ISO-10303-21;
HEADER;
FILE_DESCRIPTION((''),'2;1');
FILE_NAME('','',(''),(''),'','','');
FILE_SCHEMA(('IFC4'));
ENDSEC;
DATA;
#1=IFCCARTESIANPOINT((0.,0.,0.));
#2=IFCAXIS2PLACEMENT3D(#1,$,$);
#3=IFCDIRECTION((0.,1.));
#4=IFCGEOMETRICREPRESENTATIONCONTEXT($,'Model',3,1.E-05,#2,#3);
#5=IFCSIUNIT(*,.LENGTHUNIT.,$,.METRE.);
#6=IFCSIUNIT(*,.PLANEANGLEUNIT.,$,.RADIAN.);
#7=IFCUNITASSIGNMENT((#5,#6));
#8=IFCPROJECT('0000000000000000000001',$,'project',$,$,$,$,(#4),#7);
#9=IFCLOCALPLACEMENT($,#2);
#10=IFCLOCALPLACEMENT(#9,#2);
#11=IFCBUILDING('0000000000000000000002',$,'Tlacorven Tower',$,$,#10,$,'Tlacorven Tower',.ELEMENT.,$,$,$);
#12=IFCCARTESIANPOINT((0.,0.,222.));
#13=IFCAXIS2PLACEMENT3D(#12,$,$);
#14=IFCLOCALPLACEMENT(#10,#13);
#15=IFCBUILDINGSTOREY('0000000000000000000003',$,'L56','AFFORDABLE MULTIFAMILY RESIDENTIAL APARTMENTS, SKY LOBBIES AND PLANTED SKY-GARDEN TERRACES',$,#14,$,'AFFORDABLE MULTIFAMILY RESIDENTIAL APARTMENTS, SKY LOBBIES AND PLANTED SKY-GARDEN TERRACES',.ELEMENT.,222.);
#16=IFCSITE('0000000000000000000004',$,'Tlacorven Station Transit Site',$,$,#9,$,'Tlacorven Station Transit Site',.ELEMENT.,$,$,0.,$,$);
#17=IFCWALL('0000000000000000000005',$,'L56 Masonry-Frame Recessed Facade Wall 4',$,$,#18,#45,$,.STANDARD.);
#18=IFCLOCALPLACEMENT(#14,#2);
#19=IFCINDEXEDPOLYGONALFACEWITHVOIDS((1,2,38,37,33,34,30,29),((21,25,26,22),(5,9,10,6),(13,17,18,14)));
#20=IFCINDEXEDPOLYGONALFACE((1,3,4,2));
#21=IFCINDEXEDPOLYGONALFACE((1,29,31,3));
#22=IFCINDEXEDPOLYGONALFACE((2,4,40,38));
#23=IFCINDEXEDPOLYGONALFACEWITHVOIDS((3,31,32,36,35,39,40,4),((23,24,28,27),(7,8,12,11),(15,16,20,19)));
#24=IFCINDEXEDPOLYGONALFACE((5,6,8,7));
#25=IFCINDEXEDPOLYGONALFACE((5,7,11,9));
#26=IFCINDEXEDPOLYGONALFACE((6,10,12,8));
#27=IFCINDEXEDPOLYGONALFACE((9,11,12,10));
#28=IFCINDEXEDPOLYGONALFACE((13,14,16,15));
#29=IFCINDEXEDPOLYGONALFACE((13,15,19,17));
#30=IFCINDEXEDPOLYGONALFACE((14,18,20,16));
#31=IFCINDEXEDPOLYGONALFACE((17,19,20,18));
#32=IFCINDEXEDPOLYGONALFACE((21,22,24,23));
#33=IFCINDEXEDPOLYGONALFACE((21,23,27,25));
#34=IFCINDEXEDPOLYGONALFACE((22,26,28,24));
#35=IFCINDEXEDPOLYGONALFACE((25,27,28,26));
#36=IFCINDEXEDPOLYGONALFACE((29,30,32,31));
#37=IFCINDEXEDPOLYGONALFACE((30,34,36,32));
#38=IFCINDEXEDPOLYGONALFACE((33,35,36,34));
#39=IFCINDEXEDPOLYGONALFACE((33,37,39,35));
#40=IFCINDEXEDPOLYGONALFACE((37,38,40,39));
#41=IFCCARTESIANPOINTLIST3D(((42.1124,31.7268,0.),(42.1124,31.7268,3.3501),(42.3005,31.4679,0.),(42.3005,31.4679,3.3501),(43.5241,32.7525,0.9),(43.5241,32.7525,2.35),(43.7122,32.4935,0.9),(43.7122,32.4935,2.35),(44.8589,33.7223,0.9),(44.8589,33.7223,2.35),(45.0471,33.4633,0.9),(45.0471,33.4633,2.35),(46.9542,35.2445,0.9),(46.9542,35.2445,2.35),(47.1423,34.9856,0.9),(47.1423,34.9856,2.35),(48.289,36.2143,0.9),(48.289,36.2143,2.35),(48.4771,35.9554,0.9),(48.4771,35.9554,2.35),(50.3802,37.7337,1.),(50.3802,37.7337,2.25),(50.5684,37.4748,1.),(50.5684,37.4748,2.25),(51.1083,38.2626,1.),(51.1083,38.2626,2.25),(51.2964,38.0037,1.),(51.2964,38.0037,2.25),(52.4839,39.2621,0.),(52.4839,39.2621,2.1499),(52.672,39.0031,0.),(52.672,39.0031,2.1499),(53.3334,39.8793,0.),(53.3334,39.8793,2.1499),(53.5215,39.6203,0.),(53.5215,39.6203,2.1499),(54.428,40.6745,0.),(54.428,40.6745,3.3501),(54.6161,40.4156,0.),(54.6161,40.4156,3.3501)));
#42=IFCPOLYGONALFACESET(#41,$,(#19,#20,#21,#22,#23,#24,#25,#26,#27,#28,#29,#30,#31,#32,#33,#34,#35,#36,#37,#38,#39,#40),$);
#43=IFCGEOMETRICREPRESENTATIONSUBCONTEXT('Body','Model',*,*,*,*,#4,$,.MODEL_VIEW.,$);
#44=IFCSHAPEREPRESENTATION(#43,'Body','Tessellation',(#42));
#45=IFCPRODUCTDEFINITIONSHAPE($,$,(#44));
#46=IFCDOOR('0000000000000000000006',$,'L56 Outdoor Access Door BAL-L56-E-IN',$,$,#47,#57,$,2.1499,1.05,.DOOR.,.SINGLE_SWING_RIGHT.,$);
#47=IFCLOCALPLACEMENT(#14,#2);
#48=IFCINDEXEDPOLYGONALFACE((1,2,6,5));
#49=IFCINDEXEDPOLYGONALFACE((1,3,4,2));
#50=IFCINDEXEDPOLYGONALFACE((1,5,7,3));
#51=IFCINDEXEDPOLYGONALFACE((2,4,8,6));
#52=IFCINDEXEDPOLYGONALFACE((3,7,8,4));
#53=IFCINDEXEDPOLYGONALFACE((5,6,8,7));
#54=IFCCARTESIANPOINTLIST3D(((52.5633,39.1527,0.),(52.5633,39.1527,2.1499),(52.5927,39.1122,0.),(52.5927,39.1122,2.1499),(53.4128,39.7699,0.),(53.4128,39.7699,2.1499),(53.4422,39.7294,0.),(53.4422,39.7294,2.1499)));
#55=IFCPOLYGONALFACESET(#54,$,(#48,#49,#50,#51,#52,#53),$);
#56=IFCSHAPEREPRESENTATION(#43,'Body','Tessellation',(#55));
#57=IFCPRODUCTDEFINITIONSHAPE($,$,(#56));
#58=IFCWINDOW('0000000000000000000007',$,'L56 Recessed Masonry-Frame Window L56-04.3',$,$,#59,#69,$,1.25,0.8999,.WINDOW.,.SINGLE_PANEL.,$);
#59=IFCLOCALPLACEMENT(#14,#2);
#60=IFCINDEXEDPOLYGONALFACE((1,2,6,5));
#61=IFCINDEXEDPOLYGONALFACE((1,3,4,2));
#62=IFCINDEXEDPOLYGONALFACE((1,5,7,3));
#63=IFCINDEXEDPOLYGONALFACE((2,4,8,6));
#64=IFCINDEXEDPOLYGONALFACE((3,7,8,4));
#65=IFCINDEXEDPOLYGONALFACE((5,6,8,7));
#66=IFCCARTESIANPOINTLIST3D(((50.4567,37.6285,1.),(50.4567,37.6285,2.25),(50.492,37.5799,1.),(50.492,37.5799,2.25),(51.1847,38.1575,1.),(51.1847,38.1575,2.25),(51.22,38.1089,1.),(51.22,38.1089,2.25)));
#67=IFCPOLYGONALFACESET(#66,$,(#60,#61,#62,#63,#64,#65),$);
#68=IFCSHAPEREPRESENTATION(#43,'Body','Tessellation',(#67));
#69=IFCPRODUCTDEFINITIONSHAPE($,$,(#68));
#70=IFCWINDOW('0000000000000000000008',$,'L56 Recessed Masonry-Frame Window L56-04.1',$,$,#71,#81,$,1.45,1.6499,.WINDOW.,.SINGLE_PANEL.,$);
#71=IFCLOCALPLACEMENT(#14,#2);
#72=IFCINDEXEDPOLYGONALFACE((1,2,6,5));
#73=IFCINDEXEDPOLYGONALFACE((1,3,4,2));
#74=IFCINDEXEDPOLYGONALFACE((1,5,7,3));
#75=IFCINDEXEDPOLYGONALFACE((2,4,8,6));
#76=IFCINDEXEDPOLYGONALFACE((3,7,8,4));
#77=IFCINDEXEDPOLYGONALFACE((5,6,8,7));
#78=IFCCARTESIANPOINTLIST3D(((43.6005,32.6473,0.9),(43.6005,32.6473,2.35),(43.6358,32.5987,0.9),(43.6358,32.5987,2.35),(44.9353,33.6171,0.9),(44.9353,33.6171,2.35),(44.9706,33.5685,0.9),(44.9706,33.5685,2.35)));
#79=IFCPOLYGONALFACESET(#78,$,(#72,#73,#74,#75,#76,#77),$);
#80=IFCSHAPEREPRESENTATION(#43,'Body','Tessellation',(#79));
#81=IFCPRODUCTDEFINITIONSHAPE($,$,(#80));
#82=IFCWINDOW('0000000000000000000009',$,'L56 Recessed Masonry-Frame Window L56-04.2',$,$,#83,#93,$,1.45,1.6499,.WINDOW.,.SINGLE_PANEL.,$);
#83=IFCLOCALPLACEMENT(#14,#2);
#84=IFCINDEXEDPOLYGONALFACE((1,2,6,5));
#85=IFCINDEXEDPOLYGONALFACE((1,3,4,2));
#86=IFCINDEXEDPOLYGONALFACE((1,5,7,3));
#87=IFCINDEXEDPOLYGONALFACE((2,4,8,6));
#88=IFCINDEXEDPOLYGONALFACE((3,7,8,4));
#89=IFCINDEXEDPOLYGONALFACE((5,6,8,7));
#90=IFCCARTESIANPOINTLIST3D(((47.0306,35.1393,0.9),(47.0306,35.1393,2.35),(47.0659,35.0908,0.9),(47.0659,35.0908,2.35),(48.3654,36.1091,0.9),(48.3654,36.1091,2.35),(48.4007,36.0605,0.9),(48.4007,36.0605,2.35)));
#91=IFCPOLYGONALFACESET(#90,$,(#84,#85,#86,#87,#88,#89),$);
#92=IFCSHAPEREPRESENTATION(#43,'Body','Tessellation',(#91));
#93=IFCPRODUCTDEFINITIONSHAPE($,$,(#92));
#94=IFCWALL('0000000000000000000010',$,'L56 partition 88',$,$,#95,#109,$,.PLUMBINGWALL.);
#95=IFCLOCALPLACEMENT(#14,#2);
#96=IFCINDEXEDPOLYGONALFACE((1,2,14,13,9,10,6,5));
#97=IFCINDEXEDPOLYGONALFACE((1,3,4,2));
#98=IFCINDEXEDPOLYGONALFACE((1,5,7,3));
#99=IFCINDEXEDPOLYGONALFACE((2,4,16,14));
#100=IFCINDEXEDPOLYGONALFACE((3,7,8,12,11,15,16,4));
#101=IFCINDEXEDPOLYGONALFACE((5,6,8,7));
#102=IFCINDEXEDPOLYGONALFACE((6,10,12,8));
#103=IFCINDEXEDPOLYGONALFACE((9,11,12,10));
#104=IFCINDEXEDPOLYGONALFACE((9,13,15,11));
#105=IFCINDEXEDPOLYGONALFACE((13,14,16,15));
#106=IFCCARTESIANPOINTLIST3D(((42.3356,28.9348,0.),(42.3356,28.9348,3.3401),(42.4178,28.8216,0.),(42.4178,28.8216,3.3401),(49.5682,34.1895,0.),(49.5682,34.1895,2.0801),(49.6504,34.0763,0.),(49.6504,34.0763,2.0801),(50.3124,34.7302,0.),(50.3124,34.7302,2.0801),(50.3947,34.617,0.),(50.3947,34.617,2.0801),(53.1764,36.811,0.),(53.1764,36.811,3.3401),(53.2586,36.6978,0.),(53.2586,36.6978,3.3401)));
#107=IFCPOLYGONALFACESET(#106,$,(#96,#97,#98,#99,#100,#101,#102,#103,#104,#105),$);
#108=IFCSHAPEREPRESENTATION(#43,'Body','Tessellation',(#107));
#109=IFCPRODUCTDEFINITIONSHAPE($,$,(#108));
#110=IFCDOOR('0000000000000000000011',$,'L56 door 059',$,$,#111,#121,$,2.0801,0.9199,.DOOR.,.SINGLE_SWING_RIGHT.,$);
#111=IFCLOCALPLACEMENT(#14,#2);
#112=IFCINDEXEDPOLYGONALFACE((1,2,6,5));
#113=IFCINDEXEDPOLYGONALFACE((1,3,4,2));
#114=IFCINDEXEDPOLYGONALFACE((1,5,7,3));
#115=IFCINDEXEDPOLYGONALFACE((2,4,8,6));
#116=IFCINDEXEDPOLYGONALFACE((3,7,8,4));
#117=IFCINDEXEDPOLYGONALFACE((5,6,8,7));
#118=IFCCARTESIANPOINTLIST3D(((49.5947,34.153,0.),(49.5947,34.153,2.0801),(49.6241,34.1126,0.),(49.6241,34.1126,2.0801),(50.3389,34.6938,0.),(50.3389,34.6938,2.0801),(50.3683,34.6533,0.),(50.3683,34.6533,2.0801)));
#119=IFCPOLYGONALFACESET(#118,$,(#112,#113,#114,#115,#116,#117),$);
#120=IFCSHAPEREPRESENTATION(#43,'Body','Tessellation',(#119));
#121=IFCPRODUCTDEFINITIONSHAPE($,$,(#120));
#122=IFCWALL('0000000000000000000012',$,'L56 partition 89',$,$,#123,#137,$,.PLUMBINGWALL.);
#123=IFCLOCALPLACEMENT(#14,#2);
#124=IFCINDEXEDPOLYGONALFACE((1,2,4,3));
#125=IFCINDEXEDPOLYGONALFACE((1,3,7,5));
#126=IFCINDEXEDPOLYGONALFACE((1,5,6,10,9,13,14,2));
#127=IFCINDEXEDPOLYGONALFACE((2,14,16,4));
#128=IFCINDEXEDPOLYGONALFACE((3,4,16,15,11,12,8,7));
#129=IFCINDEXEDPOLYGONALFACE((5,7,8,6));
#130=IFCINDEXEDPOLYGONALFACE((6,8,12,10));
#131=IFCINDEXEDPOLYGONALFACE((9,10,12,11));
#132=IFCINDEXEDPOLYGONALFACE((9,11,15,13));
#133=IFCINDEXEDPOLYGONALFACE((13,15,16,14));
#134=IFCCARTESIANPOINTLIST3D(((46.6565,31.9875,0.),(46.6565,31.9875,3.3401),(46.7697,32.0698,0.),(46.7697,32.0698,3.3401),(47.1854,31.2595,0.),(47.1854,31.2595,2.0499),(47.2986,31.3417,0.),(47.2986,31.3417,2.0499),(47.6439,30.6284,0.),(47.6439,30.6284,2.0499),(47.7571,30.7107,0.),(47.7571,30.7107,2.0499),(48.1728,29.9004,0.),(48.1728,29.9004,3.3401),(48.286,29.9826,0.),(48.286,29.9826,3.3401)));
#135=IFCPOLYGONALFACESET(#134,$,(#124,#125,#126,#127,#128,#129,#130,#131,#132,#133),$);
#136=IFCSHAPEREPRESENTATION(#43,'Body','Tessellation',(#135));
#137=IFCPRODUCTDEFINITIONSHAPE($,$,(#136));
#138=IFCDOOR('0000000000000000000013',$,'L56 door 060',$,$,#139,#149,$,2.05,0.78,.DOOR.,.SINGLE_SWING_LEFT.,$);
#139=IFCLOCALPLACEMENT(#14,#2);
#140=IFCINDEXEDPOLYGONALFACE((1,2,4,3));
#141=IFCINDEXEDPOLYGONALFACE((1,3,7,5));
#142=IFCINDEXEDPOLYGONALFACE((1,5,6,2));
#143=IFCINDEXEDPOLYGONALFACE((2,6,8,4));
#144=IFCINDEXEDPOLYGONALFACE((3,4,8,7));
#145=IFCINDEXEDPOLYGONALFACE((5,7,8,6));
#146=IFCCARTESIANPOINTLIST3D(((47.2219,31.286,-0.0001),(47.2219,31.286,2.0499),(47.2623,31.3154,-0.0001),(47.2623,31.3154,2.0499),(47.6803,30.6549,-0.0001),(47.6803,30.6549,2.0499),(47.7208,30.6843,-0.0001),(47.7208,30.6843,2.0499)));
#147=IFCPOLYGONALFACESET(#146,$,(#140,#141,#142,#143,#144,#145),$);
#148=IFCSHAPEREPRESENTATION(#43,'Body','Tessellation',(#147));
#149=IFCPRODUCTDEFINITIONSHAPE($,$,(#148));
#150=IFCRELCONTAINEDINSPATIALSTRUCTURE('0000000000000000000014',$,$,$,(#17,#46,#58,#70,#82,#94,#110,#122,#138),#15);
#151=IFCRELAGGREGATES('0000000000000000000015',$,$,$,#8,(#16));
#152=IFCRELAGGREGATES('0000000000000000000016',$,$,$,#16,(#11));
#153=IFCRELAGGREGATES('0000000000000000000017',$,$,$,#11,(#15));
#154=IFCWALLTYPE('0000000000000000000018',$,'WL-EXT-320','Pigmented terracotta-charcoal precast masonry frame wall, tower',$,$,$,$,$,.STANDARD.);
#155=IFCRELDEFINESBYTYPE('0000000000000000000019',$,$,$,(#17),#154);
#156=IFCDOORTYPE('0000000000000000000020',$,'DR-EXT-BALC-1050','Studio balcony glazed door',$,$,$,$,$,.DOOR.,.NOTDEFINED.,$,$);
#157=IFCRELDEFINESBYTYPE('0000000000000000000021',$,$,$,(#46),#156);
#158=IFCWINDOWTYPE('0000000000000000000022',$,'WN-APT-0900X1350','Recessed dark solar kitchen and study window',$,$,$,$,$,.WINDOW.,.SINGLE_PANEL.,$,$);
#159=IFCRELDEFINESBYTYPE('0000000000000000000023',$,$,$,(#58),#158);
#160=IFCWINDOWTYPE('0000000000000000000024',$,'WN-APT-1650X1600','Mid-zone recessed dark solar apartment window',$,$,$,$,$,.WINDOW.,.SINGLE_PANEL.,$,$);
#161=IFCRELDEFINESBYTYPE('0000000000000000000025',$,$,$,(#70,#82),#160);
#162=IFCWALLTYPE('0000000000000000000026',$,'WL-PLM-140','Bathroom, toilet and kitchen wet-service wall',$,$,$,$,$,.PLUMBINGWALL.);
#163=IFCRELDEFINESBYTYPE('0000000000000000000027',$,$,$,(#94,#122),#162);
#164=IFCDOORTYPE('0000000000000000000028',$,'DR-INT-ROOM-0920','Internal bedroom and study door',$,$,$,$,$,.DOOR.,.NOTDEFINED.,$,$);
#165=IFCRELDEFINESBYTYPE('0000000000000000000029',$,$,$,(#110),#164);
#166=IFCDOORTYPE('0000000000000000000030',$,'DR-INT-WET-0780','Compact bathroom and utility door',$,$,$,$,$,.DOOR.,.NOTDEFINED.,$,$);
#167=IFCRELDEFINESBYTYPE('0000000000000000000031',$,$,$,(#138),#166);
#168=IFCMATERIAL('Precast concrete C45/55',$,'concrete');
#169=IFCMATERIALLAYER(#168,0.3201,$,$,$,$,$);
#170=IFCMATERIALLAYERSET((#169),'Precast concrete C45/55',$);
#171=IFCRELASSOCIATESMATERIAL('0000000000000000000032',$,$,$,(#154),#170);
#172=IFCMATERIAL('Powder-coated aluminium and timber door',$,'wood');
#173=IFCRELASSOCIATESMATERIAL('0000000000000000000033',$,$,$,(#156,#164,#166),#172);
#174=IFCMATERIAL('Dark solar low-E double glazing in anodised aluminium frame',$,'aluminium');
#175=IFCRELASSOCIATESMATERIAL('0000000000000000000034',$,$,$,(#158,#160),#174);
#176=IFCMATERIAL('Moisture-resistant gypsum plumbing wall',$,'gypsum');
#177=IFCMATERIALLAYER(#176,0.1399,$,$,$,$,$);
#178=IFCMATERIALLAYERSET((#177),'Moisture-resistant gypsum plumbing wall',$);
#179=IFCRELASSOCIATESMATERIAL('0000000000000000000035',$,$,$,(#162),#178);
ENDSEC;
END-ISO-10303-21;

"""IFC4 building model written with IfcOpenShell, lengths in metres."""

from ifc_helpers import new_model, si_unit, direction, frame, frame_2d, origin, place, context, subcontext, project, spatial, rectangle, extrude, source, transform, mapped, material, layer, layer_set, type_object, element, fill, save


model = new_model("IFC4")

# Units and contexts
model_context = context("Model", 3, precision=1e-05, world=origin(), true_north=direction((0.0, 1.0)))
body_context = subcontext(model_context, "Body", "Model", "MODEL_VIEW")
ifc_project = project(units=[si_unit("LENGTHUNIT", "METRE"), si_unit("PLANEANGLEUNIT", "RADIAN")], contexts=[model_context])

# Site, building, storey
site_placement = place(None, origin())
site = spatial("IfcSite", under=ifc_project, at=site_placement, Name="Tlacorven Station Transit Site", LongName="Tlacorven Station Transit Site", CompositionType="ELEMENT", RefElevation=0.0)
building_placement = place(site_placement, origin())
building = spatial("IfcBuilding", under=site, at=building_placement, Name="Tlacorven Tower", LongName="Tlacorven Tower", CompositionType="ELEMENT")
storey_placement = place(building_placement, frame((0.0, 0.0, 222.0)))
storey = spatial("IfcBuildingStorey", under=building, at=storey_placement, Name="L56", Description="AFFORDABLE MULTIFAMILY RESIDENTIAL APARTMENTS, SKY LOBBIES AND PLANTED SKY-GARDEN TERRACES", LongName="AFFORDABLE MULTIFAMILY RESIDENTIAL APARTMENTS, SKY LOBBIES AND PLANTED SKY-GARDEN TERRACES", CompositionType="ELEMENT", Elevation=222.0)

# Wall, openings, door, windows
ifc_material_1 = material(Name="Precast concrete C45/55", Category="concrete")
ifc_layer_1 = layer(ifc_material_1, 0.3201)
ifc_layer_set_1 = layer_set([ifc_layer_1], Name="Precast concrete C45/55")
wall_type_1 = type_object("IfcWallType", Name="WL-EXT-320", Description="Pigmented terracotta-charcoal precast masonry frame wall, tower", PredefinedType="STANDARD", material=ifc_layer_set_1)
wall_1_placement = place(storey_placement, frame((42.2065, 31.5974, 0.0), z_axis=(0.0, 0.0, 1.0), x_axis=(0.80902, 0.587781, 0.0)))
wall_1 = element("IfcWall", 1, at=wall_1_placement, inside=storey, type_object=wall_type_1, Name="L56 Masonry-Frame Recessed Facade Wall 4", PredefinedType="STANDARD", context=body_context, shape_type="SweptSolid", body=[
    extrude(rectangle(XDim=15.2229, YDim=0.3201, at=frame_2d((7.6113, 0.0))), origin(), (0.0, 0.0, 1.0), 3.3501),
])
opening_1_placement = place(wall_1_placement, frame((12.8198, 0.0, 0.0)))
opening_1 = element("IfcOpeningElement", 2, at=opening_1_placement, cuts=wall_1, PredefinedType="OPENING", context=body_context, shape_type="SweptSolid", body=[
    extrude(rectangle(XDim=1.05, YDim=2.1499, at=frame_2d((0.5249, 1.075))), frame((0.0, 0.1699, 0.0), z_axis=(0.0, -1.0, 0.0), x_axis=(1.0, 0.0, 0.0)), (0.0, 0.0, 1.0), 0.3401),
])
opening_2_placement = place(wall_1_placement, frame((1.7449, 0.0, 0.8999)))
opening_2 = element("IfcOpeningElement", 3, at=opening_2_placement, cuts=wall_1, PredefinedType="OPENING", context=body_context, shape_type="SweptSolid", body=[
    extrude(rectangle(XDim=1.6499, YDim=1.45, at=frame_2d((0.825, 0.7251))), frame((0.0, 0.1699, 0.0), z_axis=(0.0, -1.0, 0.0), x_axis=(1.0, 0.0, 0.0)), (0.0, 0.0, 1.0), 0.3401),
])
opening_3_placement = place(wall_1_placement, frame((5.9846, 0.0, 0.8999)))
opening_3 = element("IfcOpeningElement", 4, at=opening_3_placement, cuts=wall_1, PredefinedType="OPENING", context=body_context, shape_type="SweptSolid", body=[
    extrude(rectangle(XDim=1.6499, YDim=1.45, at=frame_2d((0.825, 0.7251))), frame((0.0, 0.1699, 0.0), z_axis=(0.0, -1.0, 0.0), x_axis=(1.0, 0.0, 0.0)), (0.0, 0.0, 1.0), 0.3401),
])
opening_4_placement = place(wall_1_placement, frame((10.2195, 0.0, 1.0)))
opening_4 = element("IfcOpeningElement", 5, at=opening_4_placement, cuts=wall_1, PredefinedType="OPENING", context=body_context, shape_type="SweptSolid", body=[
    extrude(rectangle(XDim=0.8999, YDim=1.25, at=frame_2d((0.45, 0.625))), frame((0.0, 0.1699, 0.0), z_axis=(0.0, -1.0, 0.0), x_axis=(1.0, 0.0, 0.0)), (0.0, 0.0, 1.0), 0.3401),
])
ifc_material_2 = material(Name="Powder-coated aluminium and timber door", Category="wood")
door_type_1 = type_object("IfcDoorType", Name="DR-EXT-BALC-1050", Description="Studio balcony glazed door", OperationType="NOTDEFINED", PredefinedType="DOOR", material=ifc_material_2)
shared_shape_1 = source(origin(), body_context, "Body", "SweptSolid", [
    extrude(rectangle(XDim=1.05, YDim=2.1499, at=frame_2d((0.5249, 1.075))), frame((0.0, 0.0249, 0.0), z_axis=(0.0, -1.0, 0.0), x_axis=(1.0, 0.0, 0.0)), (0.0, 0.0, 1.0), 0.05),
])
door_1_placement = place(opening_1_placement, origin())
door_1 = element("IfcDoor", 6, at=door_1_placement, inside=storey, type_object=door_type_1, Name="L56 Outdoor Access Door BAL-L56-E-IN", OperationType="SINGLE_SWING_RIGHT", OverallHeight=2.1499, OverallWidth=1.05, PredefinedType="DOOR", context=body_context, shape_type="MappedRepresentation", body=[
    mapped(shared_shape_1, transform((0.0, 0.0, 0.0), scale=1.0)),
])
fill(opening_1, door_1)
ifc_material_3 = material(Name="Dark solar low-E double glazing in anodised aluminium frame", Category="aluminium")
window_type_1 = type_object("IfcWindowType", Name="WN-APT-0900X1350", Description="Recessed dark solar kitchen and study window", PartitioningType="SINGLE_PANEL", PredefinedType="WINDOW", material=ifc_material_3)
shared_shape_2 = source(origin(), body_context, "Body", "SweptSolid", [
    extrude(rectangle(XDim=0.8999, YDim=1.25, at=frame_2d((0.45, 0.625))), frame((0.0, 0.03, 0.0), z_axis=(0.0, -1.0, 0.0), x_axis=(1.0, 0.0, 0.0)), (0.0, 0.0, 1.0), 0.0601),
])
window_1_placement = place(opening_4_placement, origin())
window_1 = element("IfcWindow", 7, at=window_1_placement, inside=storey, type_object=window_type_1, Name="L56 Recessed Masonry-Frame Window L56-04.3", OverallHeight=1.25, OverallWidth=0.8999, PartitioningType="SINGLE_PANEL", PredefinedType="WINDOW", context=body_context, shape_type="MappedRepresentation", body=[
    mapped(shared_shape_2, transform((0.0, 0.0, 0.0), scale=1.0)),
])
fill(opening_4, window_1)
window_type_2 = type_object("IfcWindowType", Name="WN-APT-1650X1600", Description="Mid-zone recessed dark solar apartment window", PartitioningType="SINGLE_PANEL", PredefinedType="WINDOW", material=ifc_material_3)
shared_shape_3 = source(origin(), body_context, "Body", "SweptSolid", [
    extrude(rectangle(XDim=1.6499, YDim=1.45, at=frame_2d((0.825, 0.7251))), frame((0.0, 0.03, 0.0), z_axis=(0.0, -1.0, 0.0), x_axis=(1.0, 0.0, 0.0)), (0.0, 0.0, 1.0), 0.0601),
])
window_2_placement = place(opening_2_placement, origin())
window_2 = element("IfcWindow", 8, at=window_2_placement, inside=storey, type_object=window_type_2, Name="L56 Recessed Masonry-Frame Window L56-04.1", OverallHeight=1.45, OverallWidth=1.6499, PartitioningType="SINGLE_PANEL", PredefinedType="WINDOW", context=body_context, shape_type="MappedRepresentation", body=[
    mapped(shared_shape_3, transform((0.0, 0.0, 0.0), scale=1.0)),
])
fill(opening_2, window_2)
window_3_placement = place(opening_3_placement, origin())
window_3 = element("IfcWindow", 9, at=window_3_placement, inside=storey, type_object=window_type_2, Name="L56 Recessed Masonry-Frame Window L56-04.2", OverallHeight=1.45, OverallWidth=1.6499, PartitioningType="SINGLE_PANEL", PredefinedType="WINDOW", context=body_context, shape_type="MappedRepresentation", body=[
    mapped(shared_shape_3, transform((0.0, 0.0, 0.0), scale=1.0)),
])
fill(opening_3, window_3)

# Walls, openings, doors
ifc_material_4 = material(Name="Moisture-resistant gypsum plumbing wall", Category="gypsum")
ifc_layer_2 = layer(ifc_material_4, 0.1399)
ifc_layer_set_2 = layer_set([ifc_layer_2], Name="Moisture-resistant gypsum plumbing wall")
wall_type_2 = type_object("IfcWallType", Name="WL-PLM-140", Description="Bathroom, toilet and kitchen wet-service wall", PredefinedType="PLUMBINGWALL", material=ifc_layer_set_2)
wall_2_placement = place(storey_placement, frame((42.3767, 28.8782, 0.0), z_axis=(0.0, 0.0, 1.0), x_axis=(0.80902, 0.587781, 0.0)))
wall_2 = element("IfcWall", 10, at=wall_2_placement, inside=storey, type_object=wall_type_2, Name="L56 partition 88", PredefinedType="PLUMBINGWALL", context=body_context, shape_type="SweptSolid", body=[
    extrude(rectangle(XDim=13.3999, YDim=0.1399, at=frame_2d((6.7, 0.0))), origin(), (0.0, 0.0, 1.0), 3.3401),
])
opening_5_placement = place(wall_2_placement, frame((8.9399, 0.0, 0.0)))
opening_5 = element("IfcOpeningElement", 11, at=opening_5_placement, cuts=wall_2, PredefinedType="OPENING", context=body_context, shape_type="SweptSolid", body=[
    extrude(rectangle(XDim=0.9199, YDim=2.0801, at=frame_2d((0.46, 1.04))), frame((0.0, 0.0801, 0.0), z_axis=(0.0, -1.0, 0.0), x_axis=(1.0, 0.0, 0.0)), (0.0, 0.0, 1.0), 0.1599),
])
door_type_2 = type_object("IfcDoorType", Name="DR-INT-ROOM-0920", Description="Internal bedroom and study door", OperationType="NOTDEFINED", PredefinedType="DOOR", material=ifc_material_2)
shared_shape_4 = source(origin(), body_context, "Body", "SweptSolid", [
    extrude(rectangle(XDim=0.9199, YDim=2.0801, at=frame_2d((0.46, 1.04))), frame((0.0, 0.0249, 0.0), z_axis=(0.0, -1.0, 0.0), x_axis=(1.0, 0.0, 0.0)), (0.0, 0.0, 1.0), 0.05),
])
door_2_placement = place(opening_5_placement, origin())
door_2 = element("IfcDoor", 12, at=door_2_placement, inside=storey, type_object=door_type_2, Name="L56 door 059", OperationType="SINGLE_SWING_RIGHT", OverallHeight=2.0801, OverallWidth=0.9199, PredefinedType="DOOR", context=body_context, shape_type="MappedRepresentation", body=[
    mapped(shared_shape_4, transform((0.0, 0.0, 0.0), scale=1.0)),
])
fill(opening_5, door_2)
wall_3_placement = place(storey_placement, frame((48.2295, 29.9414, 0.0), z_axis=(0.0, 0.0, 1.0), x_axis=(-0.587772, 0.809027, 0.0)))
wall_3 = element("IfcWall", 13, at=wall_3_placement, inside=storey, type_object=wall_type_2, Name="L56 partition 89", PredefinedType="PLUMBINGWALL", context=body_context, shape_type="SweptSolid", body=[
    extrude(rectangle(XDim=2.5798, YDim=0.1399, at=frame_2d((1.29, 0.0))), origin(), (0.0, 0.0, 1.0), 3.3401),
])
opening_6_placement = place(wall_3_placement, frame((0.8999, 0.0, 0.0)))
opening_6 = element("IfcOpeningElement", 14, at=opening_6_placement, cuts=wall_3, PredefinedType="OPENING", context=body_context, shape_type="SweptSolid", body=[
    extrude(rectangle(XDim=0.78, YDim=2.05, at=frame_2d((0.3901, 1.0249))), frame((0.0, 0.0801, 0.0), z_axis=(0.0, -1.0, 0.0), x_axis=(1.0, 0.0, 0.0)), (0.0, 0.0, 1.0), 0.1599),
])
door_type_3 = type_object("IfcDoorType", Name="DR-INT-WET-0780", Description="Compact bathroom and utility door", OperationType="NOTDEFINED", PredefinedType="DOOR", material=ifc_material_2)
shared_shape_5 = source(origin(), body_context, "Body", "SweptSolid", [
    extrude(rectangle(XDim=0.78, YDim=2.05, at=frame_2d((0.3901, 1.0249))), frame((0.0, 0.0249, 0.0), z_axis=(0.0, -1.0, 0.0), x_axis=(1.0, 0.0, 0.0)), (0.0, 0.0, 1.0), 0.05),
])
door_3_placement = place(opening_6_placement, origin())
door_3 = element("IfcDoor", 15, at=door_3_placement, inside=storey, type_object=door_type_3, Name="L56 door 060", OperationType="SINGLE_SWING_LEFT", OverallHeight=2.05, OverallWidth=0.78, PredefinedType="DOOR", context=body_context, shape_type="MappedRepresentation", body=[
    mapped(shared_shape_5, transform((0.0, 0.0, 0.0), scale=1.0)),
])
fill(opening_6, door_3)

save(model, "model.ifc")
